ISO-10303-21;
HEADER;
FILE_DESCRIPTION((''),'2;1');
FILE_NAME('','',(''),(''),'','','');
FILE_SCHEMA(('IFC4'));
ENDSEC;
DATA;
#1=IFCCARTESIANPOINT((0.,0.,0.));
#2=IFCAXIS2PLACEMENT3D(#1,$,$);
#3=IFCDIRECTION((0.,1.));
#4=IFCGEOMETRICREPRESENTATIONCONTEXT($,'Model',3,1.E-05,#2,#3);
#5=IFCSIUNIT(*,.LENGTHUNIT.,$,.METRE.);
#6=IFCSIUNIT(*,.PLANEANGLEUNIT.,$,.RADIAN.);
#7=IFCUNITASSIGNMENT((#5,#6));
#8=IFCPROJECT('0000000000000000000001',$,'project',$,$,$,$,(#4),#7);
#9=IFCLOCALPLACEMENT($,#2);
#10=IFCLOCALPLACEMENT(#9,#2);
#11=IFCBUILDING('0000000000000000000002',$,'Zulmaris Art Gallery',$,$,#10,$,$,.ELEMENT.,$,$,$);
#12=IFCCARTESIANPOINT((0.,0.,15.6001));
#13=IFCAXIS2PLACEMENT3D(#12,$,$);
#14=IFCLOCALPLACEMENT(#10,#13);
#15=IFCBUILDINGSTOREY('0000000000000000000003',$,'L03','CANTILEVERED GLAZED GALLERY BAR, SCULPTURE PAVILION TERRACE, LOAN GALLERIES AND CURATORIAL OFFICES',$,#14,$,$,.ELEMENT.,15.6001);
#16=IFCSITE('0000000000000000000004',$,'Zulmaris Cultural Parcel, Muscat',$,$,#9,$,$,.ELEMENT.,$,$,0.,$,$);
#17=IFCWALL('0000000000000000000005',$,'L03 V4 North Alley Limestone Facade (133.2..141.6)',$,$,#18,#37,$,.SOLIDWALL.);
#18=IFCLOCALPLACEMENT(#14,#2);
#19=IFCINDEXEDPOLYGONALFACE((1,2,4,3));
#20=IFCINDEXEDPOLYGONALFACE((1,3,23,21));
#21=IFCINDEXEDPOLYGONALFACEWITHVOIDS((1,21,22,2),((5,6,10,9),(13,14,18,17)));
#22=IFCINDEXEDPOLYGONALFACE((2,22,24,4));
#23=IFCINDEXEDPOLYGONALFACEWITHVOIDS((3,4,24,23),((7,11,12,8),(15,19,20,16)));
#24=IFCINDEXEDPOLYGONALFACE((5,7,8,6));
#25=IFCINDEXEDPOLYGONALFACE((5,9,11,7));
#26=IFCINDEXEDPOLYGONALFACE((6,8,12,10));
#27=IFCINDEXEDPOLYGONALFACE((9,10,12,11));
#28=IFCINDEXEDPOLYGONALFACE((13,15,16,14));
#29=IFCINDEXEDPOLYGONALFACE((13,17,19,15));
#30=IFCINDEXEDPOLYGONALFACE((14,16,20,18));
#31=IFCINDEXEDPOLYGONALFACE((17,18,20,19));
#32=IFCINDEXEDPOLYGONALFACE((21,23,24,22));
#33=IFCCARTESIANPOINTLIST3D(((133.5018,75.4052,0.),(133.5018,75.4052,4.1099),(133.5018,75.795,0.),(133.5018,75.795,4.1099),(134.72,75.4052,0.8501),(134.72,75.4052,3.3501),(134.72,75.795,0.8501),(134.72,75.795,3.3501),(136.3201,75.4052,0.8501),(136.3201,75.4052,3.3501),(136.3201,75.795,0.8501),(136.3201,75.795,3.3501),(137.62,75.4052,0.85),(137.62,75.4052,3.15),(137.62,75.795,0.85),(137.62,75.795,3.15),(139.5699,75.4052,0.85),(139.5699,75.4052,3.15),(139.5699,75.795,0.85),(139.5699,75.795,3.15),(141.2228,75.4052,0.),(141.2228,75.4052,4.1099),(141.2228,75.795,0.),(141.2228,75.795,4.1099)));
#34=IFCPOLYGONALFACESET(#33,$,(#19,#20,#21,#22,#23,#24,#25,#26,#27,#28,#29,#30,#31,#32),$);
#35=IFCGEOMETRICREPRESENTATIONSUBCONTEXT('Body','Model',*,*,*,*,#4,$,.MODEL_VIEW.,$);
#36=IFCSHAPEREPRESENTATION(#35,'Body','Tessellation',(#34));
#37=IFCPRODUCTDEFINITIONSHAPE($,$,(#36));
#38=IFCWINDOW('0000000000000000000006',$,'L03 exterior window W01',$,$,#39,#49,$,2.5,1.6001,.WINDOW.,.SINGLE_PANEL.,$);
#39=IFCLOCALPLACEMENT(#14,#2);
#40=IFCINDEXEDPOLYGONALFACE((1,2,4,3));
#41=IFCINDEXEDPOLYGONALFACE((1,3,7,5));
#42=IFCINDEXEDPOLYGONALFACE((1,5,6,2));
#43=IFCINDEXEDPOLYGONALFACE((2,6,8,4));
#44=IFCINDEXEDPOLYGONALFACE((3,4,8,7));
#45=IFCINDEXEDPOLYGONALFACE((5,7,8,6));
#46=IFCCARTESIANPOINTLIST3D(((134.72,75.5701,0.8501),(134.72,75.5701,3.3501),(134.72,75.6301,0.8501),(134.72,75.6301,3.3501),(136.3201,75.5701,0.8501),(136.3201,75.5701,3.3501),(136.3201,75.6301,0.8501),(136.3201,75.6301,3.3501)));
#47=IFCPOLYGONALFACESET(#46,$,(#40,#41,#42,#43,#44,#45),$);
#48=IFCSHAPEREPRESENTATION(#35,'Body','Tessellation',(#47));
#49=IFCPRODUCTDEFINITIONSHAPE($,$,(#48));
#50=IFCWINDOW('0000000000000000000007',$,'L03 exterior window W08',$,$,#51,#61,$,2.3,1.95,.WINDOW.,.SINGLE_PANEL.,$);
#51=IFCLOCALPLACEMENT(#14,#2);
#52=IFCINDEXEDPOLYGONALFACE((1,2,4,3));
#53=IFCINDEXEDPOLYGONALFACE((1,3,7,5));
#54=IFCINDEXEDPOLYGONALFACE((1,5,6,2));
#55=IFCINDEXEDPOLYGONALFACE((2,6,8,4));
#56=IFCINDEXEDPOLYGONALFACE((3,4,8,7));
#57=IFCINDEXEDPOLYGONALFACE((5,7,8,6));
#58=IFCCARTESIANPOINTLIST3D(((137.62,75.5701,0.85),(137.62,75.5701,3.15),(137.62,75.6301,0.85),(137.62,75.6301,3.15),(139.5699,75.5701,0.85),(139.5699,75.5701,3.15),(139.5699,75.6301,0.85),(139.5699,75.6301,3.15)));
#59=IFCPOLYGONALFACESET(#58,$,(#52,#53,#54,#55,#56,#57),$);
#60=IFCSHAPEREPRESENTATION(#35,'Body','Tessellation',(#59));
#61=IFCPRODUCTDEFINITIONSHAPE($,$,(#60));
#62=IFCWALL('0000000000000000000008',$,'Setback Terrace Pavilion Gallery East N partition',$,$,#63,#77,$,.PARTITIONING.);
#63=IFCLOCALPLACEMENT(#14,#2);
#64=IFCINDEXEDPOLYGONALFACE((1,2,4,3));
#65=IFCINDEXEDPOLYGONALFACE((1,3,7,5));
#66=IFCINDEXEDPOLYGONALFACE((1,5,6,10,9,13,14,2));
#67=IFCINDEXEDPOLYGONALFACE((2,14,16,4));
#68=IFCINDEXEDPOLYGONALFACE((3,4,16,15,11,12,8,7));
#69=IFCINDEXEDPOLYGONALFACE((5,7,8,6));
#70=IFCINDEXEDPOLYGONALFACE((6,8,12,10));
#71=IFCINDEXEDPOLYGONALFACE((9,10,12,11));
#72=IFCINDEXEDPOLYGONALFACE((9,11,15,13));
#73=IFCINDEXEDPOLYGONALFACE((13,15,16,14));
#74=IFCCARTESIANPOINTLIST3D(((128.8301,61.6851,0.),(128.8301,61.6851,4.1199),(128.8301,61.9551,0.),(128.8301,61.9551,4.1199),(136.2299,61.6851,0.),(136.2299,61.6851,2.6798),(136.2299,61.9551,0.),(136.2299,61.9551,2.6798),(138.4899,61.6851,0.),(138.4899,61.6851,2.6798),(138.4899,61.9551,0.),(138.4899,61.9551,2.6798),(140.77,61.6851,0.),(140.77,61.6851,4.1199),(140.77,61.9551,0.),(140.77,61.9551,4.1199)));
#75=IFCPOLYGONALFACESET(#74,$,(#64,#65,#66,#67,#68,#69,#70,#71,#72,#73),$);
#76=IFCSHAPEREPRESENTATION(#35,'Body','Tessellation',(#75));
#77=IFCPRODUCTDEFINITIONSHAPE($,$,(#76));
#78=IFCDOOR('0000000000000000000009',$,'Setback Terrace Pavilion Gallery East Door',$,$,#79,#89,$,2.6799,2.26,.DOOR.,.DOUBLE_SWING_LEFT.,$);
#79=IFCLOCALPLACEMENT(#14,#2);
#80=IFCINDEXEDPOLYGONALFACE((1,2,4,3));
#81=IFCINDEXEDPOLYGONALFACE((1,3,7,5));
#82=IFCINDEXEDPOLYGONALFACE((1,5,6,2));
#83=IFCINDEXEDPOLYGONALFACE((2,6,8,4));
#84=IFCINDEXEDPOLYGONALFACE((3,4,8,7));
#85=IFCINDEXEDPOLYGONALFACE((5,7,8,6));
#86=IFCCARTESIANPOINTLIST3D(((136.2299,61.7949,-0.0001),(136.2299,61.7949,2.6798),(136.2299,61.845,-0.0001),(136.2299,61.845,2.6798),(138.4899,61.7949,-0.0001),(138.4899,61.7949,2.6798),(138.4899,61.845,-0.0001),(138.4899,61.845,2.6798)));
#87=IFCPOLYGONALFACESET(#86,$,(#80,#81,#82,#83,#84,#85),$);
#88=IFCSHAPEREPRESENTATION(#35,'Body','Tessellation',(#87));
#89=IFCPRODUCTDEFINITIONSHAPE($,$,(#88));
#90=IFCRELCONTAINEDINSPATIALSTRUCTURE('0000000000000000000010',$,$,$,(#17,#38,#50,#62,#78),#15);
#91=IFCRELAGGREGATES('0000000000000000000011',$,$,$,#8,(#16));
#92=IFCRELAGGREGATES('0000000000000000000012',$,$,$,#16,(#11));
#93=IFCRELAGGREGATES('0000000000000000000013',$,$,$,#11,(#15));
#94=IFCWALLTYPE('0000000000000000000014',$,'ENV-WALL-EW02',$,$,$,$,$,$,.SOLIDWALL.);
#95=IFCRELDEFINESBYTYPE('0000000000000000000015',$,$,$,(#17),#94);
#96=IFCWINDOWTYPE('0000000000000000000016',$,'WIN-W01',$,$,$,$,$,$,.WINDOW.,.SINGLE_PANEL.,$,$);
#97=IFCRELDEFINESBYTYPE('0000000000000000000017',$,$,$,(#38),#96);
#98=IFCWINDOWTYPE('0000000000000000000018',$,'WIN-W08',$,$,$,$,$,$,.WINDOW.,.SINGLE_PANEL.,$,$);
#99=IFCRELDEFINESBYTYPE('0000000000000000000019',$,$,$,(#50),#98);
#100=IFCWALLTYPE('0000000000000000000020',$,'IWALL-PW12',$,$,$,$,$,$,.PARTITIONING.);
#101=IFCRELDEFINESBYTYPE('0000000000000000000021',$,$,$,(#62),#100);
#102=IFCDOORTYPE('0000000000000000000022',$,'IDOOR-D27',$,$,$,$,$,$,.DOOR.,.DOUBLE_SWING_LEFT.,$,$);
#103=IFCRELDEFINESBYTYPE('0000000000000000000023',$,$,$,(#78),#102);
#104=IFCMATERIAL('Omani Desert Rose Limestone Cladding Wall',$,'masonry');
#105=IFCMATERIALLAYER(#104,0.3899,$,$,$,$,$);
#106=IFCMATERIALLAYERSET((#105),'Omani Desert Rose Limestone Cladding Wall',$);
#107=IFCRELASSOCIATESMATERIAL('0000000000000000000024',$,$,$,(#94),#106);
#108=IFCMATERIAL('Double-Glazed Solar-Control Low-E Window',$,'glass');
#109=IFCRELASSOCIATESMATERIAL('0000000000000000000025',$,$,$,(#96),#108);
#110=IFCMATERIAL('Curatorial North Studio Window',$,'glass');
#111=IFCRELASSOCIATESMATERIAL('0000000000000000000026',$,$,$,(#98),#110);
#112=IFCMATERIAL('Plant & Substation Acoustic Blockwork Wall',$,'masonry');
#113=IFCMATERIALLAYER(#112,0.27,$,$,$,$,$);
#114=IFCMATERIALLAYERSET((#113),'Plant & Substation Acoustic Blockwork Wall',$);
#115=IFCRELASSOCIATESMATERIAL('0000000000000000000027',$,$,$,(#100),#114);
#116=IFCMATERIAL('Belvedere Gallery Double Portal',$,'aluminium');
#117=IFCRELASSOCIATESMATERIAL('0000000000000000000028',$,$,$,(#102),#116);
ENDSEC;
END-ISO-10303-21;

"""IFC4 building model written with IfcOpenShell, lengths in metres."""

from ifc_helpers import new_model, si_unit, direction, frame, frame_2d, origin, place, context, subcontext, project, spatial, rectangle, extrude, material, layer, layer_set, type_object, element, fill, save


model = new_model("IFC4")

# Units and contexts
model_context = context("Model", 3, precision=1e-05, world=origin(), true_north=direction((0.0, 1.0)))
body_context = subcontext(model_context, "Body", "Model", "MODEL_VIEW")
ifc_project = project(units=[si_unit("LENGTHUNIT", "METRE"), si_unit("PLANEANGLEUNIT", "RADIAN")], contexts=[model_context])

# Site, building, storey
site_placement = place(None, origin())
site = spatial("IfcSite", under=ifc_project, at=site_placement, Name="Zulmaris Cultural Parcel, Muscat", CompositionType="ELEMENT", RefElevation=0.0)
building_placement = place(site_placement, origin())
building = spatial("IfcBuilding", under=site, at=building_placement, Name="Zulmaris Art Gallery", CompositionType="ELEMENT")
storey_placement = place(building_placement, frame((0.0, 0.0, 15.6001)))
storey = spatial("IfcBuildingStorey", under=building, at=storey_placement, Name="L03", Description="CANTILEVERED GLAZED GALLERY BAR, SCULPTURE PAVILION TERRACE, LOAN GALLERIES AND CURATORIAL OFFICES", CompositionType="ELEMENT", Elevation=15.6001)

# Wall, openings, windows
ifc_material_1 = material(Name="Omani Desert Rose Limestone Cladding Wall", Category="masonry")
ifc_layer_1 = layer(ifc_material_1, 0.3899)
ifc_layer_set_1 = layer_set([ifc_layer_1], Name="Omani Desert Rose Limestone Cladding Wall")
wall_type_1 = type_object("IfcWallType", Name="ENV-WALL-EW02", PredefinedType="SOLIDWALL", material=ifc_layer_set_1)
wall_1_placement = place(storey_placement, frame((133.502, 75.6001, 0.0), z_axis=(0.0, 0.0, 1.0), x_axis=(1.0, 0.0, 0.0)))
wall_1 = element("IfcWall", 1, at=wall_1_placement, inside=storey, type_object=wall_type_1, Name="L03 V4 North Alley Limestone Facade (133.2..141.6)", PredefinedType="SOLIDWALL", context=body_context, shape_type="SweptSolid", body=[
    extrude(rectangle(XDim=7.7209, YDim=0.3899, at=frame_2d((3.8604, 0.0))), origin(), (0.0, 0.0, 1.0), 4.1099),
])
opening_1_placement = place(wall_1_placement, frame((1.218, 0.0, 0.8501)))
opening_1 = element("IfcOpeningElement", 2, at=opening_1_placement, cuts=wall_1, PredefinedType="OPENING", context=body_context, shape_type="SweptSolid", body=[
    extrude(rectangle(XDim=1.6001, YDim=2.5, at=frame_2d((0.8, 1.25))), frame((0.0, 0.2048, 0.0), z_axis=(0.0, -1.0, 0.0), x_axis=(1.0, 0.0, 0.0)), (0.0, 0.0, 1.0), 0.4099),
])
opening_2_placement = place(wall_1_placement, frame((4.1179, 0.0, 0.8501)))
opening_2 = element("IfcOpeningElement", 3, at=opening_2_placement, cuts=wall_1, PredefinedType="OPENING", context=body_context, shape_type="SweptSolid", body=[
    extrude(rectangle(XDim=1.95, YDim=2.3, at=frame_2d((0.9751, 1.1499))), frame((0.0, 0.2048, 0.0), z_axis=(0.0, -1.0, 0.0), x_axis=(1.0, 0.0, 0.0)), (0.0, 0.0, 1.0), 0.4099),
])
ifc_material_2 = material(Name="Double-Glazed Solar-Control Low-E Window", Category="glass")
window_type_1 = type_object("IfcWindowType", Name="WIN-W01", PartitioningType="SINGLE_PANEL", PredefinedType="WINDOW", material=ifc_material_2)
window_1_placement = place(opening_1_placement, origin())
window_1 = element("IfcWindow", 4, at=window_1_placement, inside=storey, type_object=window_type_1, Name="L03 exterior window W01", OverallHeight=2.5, OverallWidth=1.6001, PartitioningType="SINGLE_PANEL", PredefinedType="WINDOW", context=body_context, shape_type="SweptSolid", body=[
    extrude(rectangle(XDim=1.6001, YDim=2.5, at=frame_2d((0.8, 1.25))), frame((0.0, 0.03, 0.0), z_axis=(0.0, -1.0, 0.0), x_axis=(1.0, 0.0, 0.0)), (0.0, 0.0, 1.0), 0.0601),
])
fill(opening_1, window_1)
ifc_material_3 = material(Name="Curatorial North Studio Window", Category="glass")
window_type_2 = type_object("IfcWindowType", Name="WIN-W08", PartitioningType="SINGLE_PANEL", PredefinedType="WINDOW", material=ifc_material_3)
window_2_placement = place(opening_2_placement, origin())
window_2 = element("IfcWindow", 5, at=window_2_placement, inside=storey, type_object=window_type_2, Name="L03 exterior window W08", OverallHeight=2.3, OverallWidth=1.95, PartitioningType="SINGLE_PANEL", PredefinedType="WINDOW", context=body_context, shape_type="SweptSolid", body=[
    extrude(rectangle(XDim=1.95, YDim=2.3, at=frame_2d((0.9751, 1.1499))), frame((0.0, 0.03, 0.0), z_axis=(0.0, -1.0, 0.0), x_axis=(1.0, 0.0, 0.0)), (0.0, 0.0, 1.0), 0.0601),
])
fill(opening_2, window_2)

# Wall, opening, door
ifc_material_4 = material(Name="Plant & Substation Acoustic Blockwork Wall", Category="masonry")
ifc_layer_2 = layer(ifc_material_4, 0.27)
ifc_layer_set_2 = layer_set([ifc_layer_2], Name="Plant & Substation Acoustic Blockwork Wall")
wall_type_2 = type_object("IfcWallType", Name="IWALL-PW12", PredefinedType="PARTITIONING", material=ifc_layer_set_2)
wall_2_placement = place(storey_placement, frame((128.8301, 61.8201, 0.0), z_axis=(0.0, 0.0, 1.0), x_axis=(1.0, 0.0, 0.0)))
wall_2 = element("IfcWall", 6, at=wall_2_placement, inside=storey, type_object=wall_type_2, Name="Setback Terrace Pavilion Gallery East N partition", PredefinedType="PARTITIONING", context=body_context, shape_type="SweptSolid", body=[
    extrude(rectangle(XDim=11.9399, YDim=0.27, at=frame_2d((5.97, 0.0))), origin(), (0.0, 0.0, 1.0), 4.1199),
])
opening_3_placement = place(wall_2_placement, frame((7.3999, 0.0, 0.0)))
opening_3 = element("IfcOpeningElement", 7, at=opening_3_placement, cuts=wall_2, PredefinedType="OPENING", context=body_context, shape_type="SweptSolid", body=[
    extrude(rectangle(XDim=2.26, YDim=2.6799, at=frame_2d((1.1299, 1.3398))), frame((0.0, 0.145, 0.0), z_axis=(0.0, -1.0, 0.0), x_axis=(1.0, 0.0, 0.0)), (0.0, 0.0, 1.0), 0.29),
])
ifc_material_5 = material(Name="Belvedere Gallery Double Portal", Category="aluminium")
door_type = type_object("IfcDoorType", Name="IDOOR-D27", OperationType="DOUBLE_SWING_LEFT", PredefinedType="DOOR", material=ifc_material_5)
door_placement = place(opening_3_placement, origin())
door = element("IfcDoor", 8, at=door_placement, inside=storey, type_object=door_type, Name="Setback Terrace Pavilion Gallery East Door", OperationType="DOUBLE_SWING_LEFT", OverallHeight=2.6799, OverallWidth=2.26, PredefinedType="DOOR", context=body_context, shape_type="SweptSolid", body=[
    extrude(rectangle(XDim=2.26, YDim=2.6799, at=frame_2d((1.1299, 1.3398))), frame((0.0, 0.0249, 0.0), z_axis=(0.0, -1.0, 0.0), x_axis=(1.0, 0.0, 0.0)), (0.0, 0.0, 1.0), 0.05),
])
fill(opening_3, door)

save(model, "model.ifc")
